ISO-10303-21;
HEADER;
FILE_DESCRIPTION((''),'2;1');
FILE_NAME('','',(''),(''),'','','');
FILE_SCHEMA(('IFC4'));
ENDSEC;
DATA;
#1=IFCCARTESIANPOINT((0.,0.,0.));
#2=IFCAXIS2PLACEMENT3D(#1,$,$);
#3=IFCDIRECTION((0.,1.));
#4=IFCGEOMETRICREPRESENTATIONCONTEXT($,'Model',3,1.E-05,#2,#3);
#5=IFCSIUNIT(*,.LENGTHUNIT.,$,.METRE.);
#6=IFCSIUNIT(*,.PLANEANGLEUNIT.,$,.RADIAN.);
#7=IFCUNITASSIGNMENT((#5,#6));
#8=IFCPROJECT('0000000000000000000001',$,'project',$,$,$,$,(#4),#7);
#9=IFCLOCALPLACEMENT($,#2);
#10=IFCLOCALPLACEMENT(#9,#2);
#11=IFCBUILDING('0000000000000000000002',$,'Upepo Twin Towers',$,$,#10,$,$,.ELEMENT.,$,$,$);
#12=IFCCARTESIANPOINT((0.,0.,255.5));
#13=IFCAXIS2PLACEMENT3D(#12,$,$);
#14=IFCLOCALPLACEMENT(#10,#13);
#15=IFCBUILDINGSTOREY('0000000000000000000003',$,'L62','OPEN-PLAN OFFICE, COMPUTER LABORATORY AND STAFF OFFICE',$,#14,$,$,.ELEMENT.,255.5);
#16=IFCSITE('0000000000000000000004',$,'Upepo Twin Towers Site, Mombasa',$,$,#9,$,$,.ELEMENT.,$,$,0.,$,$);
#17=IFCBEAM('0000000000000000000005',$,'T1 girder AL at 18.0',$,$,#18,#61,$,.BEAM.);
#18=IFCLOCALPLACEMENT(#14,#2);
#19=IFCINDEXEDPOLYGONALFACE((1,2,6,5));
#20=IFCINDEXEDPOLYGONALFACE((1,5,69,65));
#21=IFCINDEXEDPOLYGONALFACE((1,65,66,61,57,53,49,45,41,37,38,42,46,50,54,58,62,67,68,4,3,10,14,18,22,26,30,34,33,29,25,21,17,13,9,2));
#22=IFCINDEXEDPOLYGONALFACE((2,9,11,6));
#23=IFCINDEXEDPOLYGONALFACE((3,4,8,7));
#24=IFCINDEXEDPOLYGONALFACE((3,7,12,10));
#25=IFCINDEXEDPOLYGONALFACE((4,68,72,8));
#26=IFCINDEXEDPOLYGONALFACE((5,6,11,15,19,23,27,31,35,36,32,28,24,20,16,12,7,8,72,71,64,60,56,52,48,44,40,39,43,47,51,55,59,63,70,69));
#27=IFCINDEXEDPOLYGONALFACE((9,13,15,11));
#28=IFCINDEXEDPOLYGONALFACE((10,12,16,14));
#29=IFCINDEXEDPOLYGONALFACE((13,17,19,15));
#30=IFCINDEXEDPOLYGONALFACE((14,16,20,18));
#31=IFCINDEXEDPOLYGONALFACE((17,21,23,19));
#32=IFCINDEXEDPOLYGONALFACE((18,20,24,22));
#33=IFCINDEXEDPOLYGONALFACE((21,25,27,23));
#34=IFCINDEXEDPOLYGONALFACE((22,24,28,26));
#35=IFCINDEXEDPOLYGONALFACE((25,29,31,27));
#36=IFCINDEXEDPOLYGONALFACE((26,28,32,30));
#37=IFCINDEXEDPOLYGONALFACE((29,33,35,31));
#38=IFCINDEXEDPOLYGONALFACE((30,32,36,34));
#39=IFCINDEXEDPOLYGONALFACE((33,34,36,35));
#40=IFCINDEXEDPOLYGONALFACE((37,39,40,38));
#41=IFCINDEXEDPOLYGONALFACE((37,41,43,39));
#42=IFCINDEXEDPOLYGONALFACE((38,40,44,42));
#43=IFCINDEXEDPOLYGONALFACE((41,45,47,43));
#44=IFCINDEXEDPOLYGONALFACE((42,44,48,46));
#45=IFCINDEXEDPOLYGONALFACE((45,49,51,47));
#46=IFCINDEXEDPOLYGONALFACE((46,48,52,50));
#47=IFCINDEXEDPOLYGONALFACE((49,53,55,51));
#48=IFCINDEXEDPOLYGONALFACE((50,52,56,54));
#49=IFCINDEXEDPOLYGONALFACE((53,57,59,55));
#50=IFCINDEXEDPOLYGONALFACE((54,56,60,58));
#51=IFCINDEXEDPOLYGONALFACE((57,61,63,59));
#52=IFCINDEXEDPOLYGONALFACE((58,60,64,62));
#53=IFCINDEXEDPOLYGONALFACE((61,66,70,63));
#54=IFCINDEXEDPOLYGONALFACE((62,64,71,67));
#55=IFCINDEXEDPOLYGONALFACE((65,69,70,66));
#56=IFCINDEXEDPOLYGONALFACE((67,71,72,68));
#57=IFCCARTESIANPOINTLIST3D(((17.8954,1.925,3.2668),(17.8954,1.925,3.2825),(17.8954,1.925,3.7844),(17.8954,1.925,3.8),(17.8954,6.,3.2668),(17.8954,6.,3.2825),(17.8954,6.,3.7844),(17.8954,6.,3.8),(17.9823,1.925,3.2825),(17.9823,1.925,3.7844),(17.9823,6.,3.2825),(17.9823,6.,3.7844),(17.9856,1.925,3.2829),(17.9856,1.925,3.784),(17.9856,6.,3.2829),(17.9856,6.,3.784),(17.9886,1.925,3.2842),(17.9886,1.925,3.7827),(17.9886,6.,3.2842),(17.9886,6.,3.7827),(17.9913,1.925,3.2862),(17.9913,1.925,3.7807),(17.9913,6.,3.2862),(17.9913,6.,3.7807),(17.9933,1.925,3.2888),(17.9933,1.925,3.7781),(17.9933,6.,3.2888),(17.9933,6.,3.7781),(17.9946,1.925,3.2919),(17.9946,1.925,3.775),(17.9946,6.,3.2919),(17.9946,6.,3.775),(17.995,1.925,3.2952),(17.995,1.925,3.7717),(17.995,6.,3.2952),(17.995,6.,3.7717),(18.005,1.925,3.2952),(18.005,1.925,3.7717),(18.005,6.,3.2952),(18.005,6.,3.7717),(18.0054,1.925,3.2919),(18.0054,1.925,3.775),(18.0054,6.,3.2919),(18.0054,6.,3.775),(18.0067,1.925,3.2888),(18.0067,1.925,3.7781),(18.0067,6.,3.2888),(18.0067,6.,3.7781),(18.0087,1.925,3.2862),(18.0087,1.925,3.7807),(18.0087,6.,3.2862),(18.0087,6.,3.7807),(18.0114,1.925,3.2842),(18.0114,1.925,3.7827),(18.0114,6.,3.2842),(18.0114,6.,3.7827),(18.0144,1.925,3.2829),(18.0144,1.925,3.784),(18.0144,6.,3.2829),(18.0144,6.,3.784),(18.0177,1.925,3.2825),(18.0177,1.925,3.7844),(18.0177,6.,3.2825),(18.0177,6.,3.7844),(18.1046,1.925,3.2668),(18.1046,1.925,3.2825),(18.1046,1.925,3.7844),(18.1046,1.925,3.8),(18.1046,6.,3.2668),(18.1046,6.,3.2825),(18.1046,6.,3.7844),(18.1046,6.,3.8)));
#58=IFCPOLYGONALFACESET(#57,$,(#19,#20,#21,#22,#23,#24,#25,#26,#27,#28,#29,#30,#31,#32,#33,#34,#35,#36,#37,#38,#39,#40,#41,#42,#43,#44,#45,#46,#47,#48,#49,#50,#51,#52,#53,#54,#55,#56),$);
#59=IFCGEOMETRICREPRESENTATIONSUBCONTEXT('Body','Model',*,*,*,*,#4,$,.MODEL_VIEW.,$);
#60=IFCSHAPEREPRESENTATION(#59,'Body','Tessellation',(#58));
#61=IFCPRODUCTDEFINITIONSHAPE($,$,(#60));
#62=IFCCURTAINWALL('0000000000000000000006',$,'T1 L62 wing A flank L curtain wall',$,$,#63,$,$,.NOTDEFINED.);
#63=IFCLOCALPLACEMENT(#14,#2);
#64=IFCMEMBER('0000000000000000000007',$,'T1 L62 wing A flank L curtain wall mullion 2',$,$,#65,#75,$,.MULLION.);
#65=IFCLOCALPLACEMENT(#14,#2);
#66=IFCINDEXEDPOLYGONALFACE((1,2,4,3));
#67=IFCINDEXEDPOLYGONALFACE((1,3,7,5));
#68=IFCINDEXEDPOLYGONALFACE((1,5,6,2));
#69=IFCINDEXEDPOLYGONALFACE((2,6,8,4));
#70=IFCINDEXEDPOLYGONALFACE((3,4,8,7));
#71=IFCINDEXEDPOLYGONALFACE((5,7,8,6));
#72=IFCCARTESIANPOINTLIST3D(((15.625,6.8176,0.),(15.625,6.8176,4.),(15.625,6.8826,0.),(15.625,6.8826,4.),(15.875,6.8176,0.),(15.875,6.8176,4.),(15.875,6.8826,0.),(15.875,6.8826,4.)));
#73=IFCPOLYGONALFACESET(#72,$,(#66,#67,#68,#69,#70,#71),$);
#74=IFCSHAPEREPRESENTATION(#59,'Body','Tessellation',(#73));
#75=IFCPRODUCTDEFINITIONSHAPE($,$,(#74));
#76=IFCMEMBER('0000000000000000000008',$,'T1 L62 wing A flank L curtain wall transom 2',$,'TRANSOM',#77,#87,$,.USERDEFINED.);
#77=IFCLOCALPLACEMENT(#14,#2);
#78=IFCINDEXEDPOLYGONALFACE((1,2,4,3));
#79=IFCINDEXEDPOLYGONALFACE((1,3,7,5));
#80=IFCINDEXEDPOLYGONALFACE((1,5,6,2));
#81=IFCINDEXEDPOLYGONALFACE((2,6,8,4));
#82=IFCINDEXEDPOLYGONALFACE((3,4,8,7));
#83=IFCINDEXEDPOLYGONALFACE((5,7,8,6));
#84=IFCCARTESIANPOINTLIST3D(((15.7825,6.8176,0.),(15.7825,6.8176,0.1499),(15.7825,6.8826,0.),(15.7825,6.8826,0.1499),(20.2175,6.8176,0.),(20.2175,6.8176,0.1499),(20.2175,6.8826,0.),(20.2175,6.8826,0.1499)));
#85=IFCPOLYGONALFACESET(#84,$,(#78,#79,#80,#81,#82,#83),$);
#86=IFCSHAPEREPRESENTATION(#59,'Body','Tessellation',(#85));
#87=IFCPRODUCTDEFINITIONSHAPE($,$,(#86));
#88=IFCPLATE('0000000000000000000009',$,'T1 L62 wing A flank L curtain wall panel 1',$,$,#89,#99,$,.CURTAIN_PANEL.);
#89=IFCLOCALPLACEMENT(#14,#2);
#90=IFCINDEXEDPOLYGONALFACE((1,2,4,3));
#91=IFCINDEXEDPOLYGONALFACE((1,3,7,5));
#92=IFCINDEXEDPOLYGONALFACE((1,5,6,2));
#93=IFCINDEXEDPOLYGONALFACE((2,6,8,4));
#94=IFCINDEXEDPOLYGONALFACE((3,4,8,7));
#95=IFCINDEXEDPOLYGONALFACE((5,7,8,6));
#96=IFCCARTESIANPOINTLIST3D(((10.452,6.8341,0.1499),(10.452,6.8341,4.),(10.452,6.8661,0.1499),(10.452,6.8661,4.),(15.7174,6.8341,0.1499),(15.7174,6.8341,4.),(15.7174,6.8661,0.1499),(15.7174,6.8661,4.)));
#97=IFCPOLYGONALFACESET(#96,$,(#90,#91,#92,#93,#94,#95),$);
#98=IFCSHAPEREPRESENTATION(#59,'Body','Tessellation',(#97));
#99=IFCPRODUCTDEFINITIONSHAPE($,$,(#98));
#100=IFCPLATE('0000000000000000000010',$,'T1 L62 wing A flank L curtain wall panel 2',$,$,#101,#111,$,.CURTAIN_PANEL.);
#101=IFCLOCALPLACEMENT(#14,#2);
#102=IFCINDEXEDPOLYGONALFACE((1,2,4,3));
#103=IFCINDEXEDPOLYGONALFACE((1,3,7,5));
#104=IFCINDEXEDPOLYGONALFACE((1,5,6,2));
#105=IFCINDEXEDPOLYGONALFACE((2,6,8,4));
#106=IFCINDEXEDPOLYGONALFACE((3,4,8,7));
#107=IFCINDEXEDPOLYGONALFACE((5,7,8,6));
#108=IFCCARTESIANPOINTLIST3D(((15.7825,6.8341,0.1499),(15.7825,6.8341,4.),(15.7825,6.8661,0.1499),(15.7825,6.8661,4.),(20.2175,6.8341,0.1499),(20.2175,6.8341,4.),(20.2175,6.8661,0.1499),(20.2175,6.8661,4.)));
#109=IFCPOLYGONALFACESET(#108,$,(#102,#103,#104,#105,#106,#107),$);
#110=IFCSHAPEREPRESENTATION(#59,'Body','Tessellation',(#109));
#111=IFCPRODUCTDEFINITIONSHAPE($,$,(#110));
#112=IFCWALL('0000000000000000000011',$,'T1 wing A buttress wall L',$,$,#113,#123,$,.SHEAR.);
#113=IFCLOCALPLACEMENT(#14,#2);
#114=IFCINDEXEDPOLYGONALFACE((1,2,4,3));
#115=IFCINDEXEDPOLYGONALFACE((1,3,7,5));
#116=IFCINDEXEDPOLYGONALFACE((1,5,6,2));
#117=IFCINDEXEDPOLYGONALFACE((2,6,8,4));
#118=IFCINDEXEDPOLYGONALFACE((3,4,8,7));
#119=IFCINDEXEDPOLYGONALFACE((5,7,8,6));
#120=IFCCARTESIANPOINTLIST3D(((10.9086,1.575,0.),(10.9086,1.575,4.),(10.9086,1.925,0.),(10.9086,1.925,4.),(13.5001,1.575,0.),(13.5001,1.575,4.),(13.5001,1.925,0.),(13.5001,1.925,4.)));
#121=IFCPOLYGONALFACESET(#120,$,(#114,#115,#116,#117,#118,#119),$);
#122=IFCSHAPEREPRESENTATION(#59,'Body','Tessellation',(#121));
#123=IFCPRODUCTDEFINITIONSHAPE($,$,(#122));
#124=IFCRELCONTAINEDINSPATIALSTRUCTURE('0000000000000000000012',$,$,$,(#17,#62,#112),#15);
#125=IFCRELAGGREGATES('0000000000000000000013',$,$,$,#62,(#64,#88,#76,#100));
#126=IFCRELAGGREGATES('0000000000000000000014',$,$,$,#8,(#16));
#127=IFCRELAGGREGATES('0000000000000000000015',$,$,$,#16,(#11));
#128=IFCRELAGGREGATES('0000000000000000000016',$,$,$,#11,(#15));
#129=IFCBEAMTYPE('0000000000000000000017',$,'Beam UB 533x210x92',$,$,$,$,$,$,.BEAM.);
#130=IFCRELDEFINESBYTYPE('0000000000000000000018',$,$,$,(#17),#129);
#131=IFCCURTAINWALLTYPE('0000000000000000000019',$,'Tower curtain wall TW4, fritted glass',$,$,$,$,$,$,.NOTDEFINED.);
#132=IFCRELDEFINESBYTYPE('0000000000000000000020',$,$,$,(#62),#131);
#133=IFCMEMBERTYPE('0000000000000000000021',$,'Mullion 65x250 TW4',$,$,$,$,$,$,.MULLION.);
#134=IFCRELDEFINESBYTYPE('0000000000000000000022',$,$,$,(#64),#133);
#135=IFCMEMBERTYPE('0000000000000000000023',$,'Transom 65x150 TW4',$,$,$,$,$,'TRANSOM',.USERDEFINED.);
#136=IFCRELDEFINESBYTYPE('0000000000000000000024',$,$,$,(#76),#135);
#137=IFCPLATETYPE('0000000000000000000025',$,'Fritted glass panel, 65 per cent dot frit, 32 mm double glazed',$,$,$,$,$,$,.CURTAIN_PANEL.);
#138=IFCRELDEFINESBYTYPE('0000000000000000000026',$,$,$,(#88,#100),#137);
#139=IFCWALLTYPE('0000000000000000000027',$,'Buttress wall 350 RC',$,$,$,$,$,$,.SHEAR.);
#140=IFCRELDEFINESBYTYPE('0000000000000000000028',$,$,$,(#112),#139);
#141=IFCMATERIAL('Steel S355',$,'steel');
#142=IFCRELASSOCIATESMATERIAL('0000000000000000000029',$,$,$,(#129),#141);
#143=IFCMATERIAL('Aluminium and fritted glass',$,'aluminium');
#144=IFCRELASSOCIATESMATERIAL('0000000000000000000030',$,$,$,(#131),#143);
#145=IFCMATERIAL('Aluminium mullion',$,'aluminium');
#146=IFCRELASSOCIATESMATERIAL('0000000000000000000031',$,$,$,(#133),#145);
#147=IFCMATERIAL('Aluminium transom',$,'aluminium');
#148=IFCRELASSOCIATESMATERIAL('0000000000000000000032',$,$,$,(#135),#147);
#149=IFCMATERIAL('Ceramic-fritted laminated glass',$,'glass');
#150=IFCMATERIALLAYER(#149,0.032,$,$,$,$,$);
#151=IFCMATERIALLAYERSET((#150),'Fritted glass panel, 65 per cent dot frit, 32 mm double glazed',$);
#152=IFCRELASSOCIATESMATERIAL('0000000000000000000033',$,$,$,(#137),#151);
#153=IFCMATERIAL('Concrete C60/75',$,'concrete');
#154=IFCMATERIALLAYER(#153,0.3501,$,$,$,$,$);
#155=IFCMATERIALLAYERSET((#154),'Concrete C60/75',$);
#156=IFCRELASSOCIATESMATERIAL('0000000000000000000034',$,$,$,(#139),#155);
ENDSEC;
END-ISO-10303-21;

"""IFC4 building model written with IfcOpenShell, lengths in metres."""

from ifc_helpers import new_model, si_unit, direction, frame, frame_2d, origin, origin_2d, place, context, subcontext, project, spatial, rectangle, i_section, extrude, material, layer, layer_set, material_profile, profile_set, type_object, element, aggregate, save


model = new_model("IFC4")

# Units and contexts
model_context = context("Model", 3, precision=1e-05, world=origin(), true_north=direction((0.0, 1.0)))
body_context = subcontext(model_context, "Body", "Model", "MODEL_VIEW")
ifc_project = project(units=[si_unit("LENGTHUNIT", "METRE"), si_unit("PLANEANGLEUNIT", "RADIAN")], contexts=[model_context])

# Site, building, storey
site_placement = place(None, origin())
site = spatial("IfcSite", under=ifc_project, at=site_placement, Name="Upepo Twin Towers Site, Mombasa", CompositionType="ELEMENT", RefElevation=0.0)
building_placement = place(site_placement, origin())
building = spatial("IfcBuilding", under=site, at=building_placement, Name="Upepo Twin Towers", CompositionType="ELEMENT")
storey_placement = place(building_placement, frame((0.0, 0.0, 255.5)))
storey = spatial("IfcBuildingStorey", under=building, at=storey_placement, Name="L62", Description="OPEN-PLAN OFFICE, COMPUTER LABORATORY AND STAFF OFFICE", CompositionType="ELEMENT", Elevation=255.5)

# Beam
ifc_material_1 = material(Name="Steel S355", Category="steel")
ifc_material_profile_1 = material_profile(ifc_material_1, i_section(OverallWidth=0.2092, OverallDepth=0.5332, WebThickness=0.01, FlangeThickness=0.0156, FilletRadius=0.0127, at=origin_2d()), Name="UB 533x210x92")
ifc_profile_set_1 = profile_set([ifc_material_profile_1], Name="Steel S355")
beam_type_1 = type_object("IfcBeamType", Name="Beam UB 533x210x92", PredefinedType="BEAM", material=ifc_profile_set_1)
for number, where, z_axis, x_axis, name in (
    (1, (18.0, 6.0, 3.5334), (0.0, -1.0, 0.0), (1.0, 0.0, 0.0), "T1 girder AL at 18.0"),
):
    element("IfcBeam", number, at=place(storey_placement, frame(where, z_axis=z_axis, x_axis=x_axis)), inside=storey, type_object=beam_type_1, Name=name, PredefinedType="BEAM", context=body_context, shape_type="SweptSolid", body=[
        extrude(i_section(OverallWidth=0.2092, OverallDepth=0.5332, WebThickness=0.01, FlangeThickness=0.0156, FilletRadius=0.0127, at=origin_2d()), origin(), (0.0, 0.0, 1.0), 4.075),
    ])

# Curtain wall, members, plates
ifc_material_2 = material(Name="Aluminium and fritted glass", Category="aluminium")
curtain_wall_type = type_object("IfcCurtainWallType", Name="Tower curtain wall TW4, fritted glass", PredefinedType="NOTDEFINED", material=ifc_material_2)
curtain_wall_placement = place(storey_placement, origin())
curtain_wall = element("IfcCurtainWall", 2, at=curtain_wall_placement, inside=storey, type_object=curtain_wall_type, Name="T1 L62 wing A flank L curtain wall", PredefinedType="NOTDEFINED")
ifc_material_3 = material(Name="Aluminium mullion", Category="aluminium")
ifc_material_profile_2 = material_profile(ifc_material_3, rectangle(XDim=0.0649, YDim=0.25, at=origin_2d()), Name="MULLION 65x250")
ifc_profile_set_2 = profile_set([ifc_material_profile_2], Name="Aluminium mullion")
member_type_1 = type_object("IfcMemberType", Name="Mullion 65x250 TW4", PredefinedType="MULLION", material=ifc_profile_set_2)
member_1_placement = place(storey_placement, frame((15.75, 6.8501, 0.0), z_axis=(0.0, 0.0, 1.0), x_axis=(0.0, 1.0, 0.0)))
member_1 = element("IfcMember", 3, at=member_1_placement, type_object=member_type_1, Name="T1 L62 wing A flank L curtain wall mullion 2", PredefinedType="MULLION", context=body_context, shape_type="SweptSolid", body=[
    extrude(rectangle(XDim=0.0649, YDim=0.25, at=origin_2d()), origin(), (0.0, 0.0, 1.0), 4.0),
])
ifc_material_4 = material(Name="Aluminium transom", Category="aluminium")
ifc_material_profile_3 = material_profile(ifc_material_4, rectangle(XDim=0.0649, YDim=0.1499, at=origin_2d()), Name="TRANSOM 65x150")
ifc_profile_set_3 = profile_set([ifc_material_profile_3], Name="Aluminium transom")
member_type_2 = type_object("IfcMemberType", Name="Transom 65x150 TW4", ElementType="TRANSOM", PredefinedType="USERDEFINED", material=ifc_profile_set_3)
member_2_placement = place(storey_placement, frame((15.7825, 6.8501, 0.075), z_axis=(1.0, 0.0, 0.0), x_axis=(0.0, 1.0, 0.0)))
member_2 = element("IfcMember", 4, at=member_2_placement, type_object=member_type_2, Name="T1 L62 wing A flank L curtain wall transom 2", ObjectType="TRANSOM", PredefinedType="USERDEFINED", context=body_context, shape_type="SweptSolid", body=[
    extrude(rectangle(XDim=0.0649, YDim=0.1499, at=origin_2d()), origin(), (0.0, 0.0, 1.0), 4.4351),
])
ifc_material_5 = material(Name="Ceramic-fritted laminated glass", Category="glass")
ifc_layer_1 = layer(ifc_material_5, 0.032)
ifc_layer_set_1 = layer_set([ifc_layer_1], Name="Fritted glass panel, 65 per cent dot frit, 32 mm double glazed")
plate_type = type_object("IfcPlateType", Name="Fritted glass panel, 65 per cent dot frit, 32 mm double glazed", PredefinedType="CURTAIN_PANEL", material=ifc_layer_set_1)
plate_1_placement = place(storey_placement, frame((13.0847, 6.8501, 0.1499), z_axis=(0.0, 0.0, 1.0), x_axis=(1.0, 0.0, 0.0)))
plate_1 = element("IfcPlate", 5, at=plate_1_placement, type_object=plate_type, Name="T1 L62 wing A flank L curtain wall panel 1", PredefinedType="CURTAIN_PANEL", context=body_context, shape_type="SweptSolid", body=[
    extrude(rectangle(XDim=5.2654, YDim=0.032, at=origin_2d()), origin(), (0.0, 0.0, 1.0), 3.8501),
])
plate_2_placement = place(storey_placement, frame((18.0, 6.8501, 0.1499), z_axis=(0.0, 0.0, 1.0), x_axis=(1.0, 0.0, 0.0)))
plate_2 = element("IfcPlate", 6, at=plate_2_placement, type_object=plate_type, Name="T1 L62 wing A flank L curtain wall panel 2", PredefinedType="CURTAIN_PANEL", context=body_context, shape_type="SweptSolid", body=[
    extrude(rectangle(XDim=4.4351, YDim=0.032, at=origin_2d()), origin(), (0.0, 0.0, 1.0), 3.8501),
])
aggregate(curtain_wall, [member_1, plate_1, member_2, plate_2])

# Wall
ifc_material_6 = material(Name="Concrete C60/75", Category="concrete")
ifc_layer_2 = layer(ifc_material_6, 0.3501)
ifc_layer_set_2 = layer_set([ifc_layer_2], Name="Concrete C60/75")
wall_type_1 = type_object("IfcWallType", Name="Buttress wall 350 RC", PredefinedType="SHEAR", material=ifc_layer_set_2)
wall_1_placement = place(storey_placement, frame((10.9084, 1.75, 0.0), z_axis=(0.0, 0.0, 1.0), x_axis=(1.0, 0.0, 0.0)))
element("IfcWall", 7, at=wall_1_placement, inside=storey, type_object=wall_type_1, Name="T1 wing A buttress wall L", PredefinedType="SHEAR", context=body_context, shape_type="SweptSolid", body=[
    extrude(rectangle(XDim=2.5916, YDim=0.3501, at=frame_2d((1.2959, 0.0))), origin(), (0.0, 0.0, 1.0), 4.0),
])

save(model, "model.ifc")
